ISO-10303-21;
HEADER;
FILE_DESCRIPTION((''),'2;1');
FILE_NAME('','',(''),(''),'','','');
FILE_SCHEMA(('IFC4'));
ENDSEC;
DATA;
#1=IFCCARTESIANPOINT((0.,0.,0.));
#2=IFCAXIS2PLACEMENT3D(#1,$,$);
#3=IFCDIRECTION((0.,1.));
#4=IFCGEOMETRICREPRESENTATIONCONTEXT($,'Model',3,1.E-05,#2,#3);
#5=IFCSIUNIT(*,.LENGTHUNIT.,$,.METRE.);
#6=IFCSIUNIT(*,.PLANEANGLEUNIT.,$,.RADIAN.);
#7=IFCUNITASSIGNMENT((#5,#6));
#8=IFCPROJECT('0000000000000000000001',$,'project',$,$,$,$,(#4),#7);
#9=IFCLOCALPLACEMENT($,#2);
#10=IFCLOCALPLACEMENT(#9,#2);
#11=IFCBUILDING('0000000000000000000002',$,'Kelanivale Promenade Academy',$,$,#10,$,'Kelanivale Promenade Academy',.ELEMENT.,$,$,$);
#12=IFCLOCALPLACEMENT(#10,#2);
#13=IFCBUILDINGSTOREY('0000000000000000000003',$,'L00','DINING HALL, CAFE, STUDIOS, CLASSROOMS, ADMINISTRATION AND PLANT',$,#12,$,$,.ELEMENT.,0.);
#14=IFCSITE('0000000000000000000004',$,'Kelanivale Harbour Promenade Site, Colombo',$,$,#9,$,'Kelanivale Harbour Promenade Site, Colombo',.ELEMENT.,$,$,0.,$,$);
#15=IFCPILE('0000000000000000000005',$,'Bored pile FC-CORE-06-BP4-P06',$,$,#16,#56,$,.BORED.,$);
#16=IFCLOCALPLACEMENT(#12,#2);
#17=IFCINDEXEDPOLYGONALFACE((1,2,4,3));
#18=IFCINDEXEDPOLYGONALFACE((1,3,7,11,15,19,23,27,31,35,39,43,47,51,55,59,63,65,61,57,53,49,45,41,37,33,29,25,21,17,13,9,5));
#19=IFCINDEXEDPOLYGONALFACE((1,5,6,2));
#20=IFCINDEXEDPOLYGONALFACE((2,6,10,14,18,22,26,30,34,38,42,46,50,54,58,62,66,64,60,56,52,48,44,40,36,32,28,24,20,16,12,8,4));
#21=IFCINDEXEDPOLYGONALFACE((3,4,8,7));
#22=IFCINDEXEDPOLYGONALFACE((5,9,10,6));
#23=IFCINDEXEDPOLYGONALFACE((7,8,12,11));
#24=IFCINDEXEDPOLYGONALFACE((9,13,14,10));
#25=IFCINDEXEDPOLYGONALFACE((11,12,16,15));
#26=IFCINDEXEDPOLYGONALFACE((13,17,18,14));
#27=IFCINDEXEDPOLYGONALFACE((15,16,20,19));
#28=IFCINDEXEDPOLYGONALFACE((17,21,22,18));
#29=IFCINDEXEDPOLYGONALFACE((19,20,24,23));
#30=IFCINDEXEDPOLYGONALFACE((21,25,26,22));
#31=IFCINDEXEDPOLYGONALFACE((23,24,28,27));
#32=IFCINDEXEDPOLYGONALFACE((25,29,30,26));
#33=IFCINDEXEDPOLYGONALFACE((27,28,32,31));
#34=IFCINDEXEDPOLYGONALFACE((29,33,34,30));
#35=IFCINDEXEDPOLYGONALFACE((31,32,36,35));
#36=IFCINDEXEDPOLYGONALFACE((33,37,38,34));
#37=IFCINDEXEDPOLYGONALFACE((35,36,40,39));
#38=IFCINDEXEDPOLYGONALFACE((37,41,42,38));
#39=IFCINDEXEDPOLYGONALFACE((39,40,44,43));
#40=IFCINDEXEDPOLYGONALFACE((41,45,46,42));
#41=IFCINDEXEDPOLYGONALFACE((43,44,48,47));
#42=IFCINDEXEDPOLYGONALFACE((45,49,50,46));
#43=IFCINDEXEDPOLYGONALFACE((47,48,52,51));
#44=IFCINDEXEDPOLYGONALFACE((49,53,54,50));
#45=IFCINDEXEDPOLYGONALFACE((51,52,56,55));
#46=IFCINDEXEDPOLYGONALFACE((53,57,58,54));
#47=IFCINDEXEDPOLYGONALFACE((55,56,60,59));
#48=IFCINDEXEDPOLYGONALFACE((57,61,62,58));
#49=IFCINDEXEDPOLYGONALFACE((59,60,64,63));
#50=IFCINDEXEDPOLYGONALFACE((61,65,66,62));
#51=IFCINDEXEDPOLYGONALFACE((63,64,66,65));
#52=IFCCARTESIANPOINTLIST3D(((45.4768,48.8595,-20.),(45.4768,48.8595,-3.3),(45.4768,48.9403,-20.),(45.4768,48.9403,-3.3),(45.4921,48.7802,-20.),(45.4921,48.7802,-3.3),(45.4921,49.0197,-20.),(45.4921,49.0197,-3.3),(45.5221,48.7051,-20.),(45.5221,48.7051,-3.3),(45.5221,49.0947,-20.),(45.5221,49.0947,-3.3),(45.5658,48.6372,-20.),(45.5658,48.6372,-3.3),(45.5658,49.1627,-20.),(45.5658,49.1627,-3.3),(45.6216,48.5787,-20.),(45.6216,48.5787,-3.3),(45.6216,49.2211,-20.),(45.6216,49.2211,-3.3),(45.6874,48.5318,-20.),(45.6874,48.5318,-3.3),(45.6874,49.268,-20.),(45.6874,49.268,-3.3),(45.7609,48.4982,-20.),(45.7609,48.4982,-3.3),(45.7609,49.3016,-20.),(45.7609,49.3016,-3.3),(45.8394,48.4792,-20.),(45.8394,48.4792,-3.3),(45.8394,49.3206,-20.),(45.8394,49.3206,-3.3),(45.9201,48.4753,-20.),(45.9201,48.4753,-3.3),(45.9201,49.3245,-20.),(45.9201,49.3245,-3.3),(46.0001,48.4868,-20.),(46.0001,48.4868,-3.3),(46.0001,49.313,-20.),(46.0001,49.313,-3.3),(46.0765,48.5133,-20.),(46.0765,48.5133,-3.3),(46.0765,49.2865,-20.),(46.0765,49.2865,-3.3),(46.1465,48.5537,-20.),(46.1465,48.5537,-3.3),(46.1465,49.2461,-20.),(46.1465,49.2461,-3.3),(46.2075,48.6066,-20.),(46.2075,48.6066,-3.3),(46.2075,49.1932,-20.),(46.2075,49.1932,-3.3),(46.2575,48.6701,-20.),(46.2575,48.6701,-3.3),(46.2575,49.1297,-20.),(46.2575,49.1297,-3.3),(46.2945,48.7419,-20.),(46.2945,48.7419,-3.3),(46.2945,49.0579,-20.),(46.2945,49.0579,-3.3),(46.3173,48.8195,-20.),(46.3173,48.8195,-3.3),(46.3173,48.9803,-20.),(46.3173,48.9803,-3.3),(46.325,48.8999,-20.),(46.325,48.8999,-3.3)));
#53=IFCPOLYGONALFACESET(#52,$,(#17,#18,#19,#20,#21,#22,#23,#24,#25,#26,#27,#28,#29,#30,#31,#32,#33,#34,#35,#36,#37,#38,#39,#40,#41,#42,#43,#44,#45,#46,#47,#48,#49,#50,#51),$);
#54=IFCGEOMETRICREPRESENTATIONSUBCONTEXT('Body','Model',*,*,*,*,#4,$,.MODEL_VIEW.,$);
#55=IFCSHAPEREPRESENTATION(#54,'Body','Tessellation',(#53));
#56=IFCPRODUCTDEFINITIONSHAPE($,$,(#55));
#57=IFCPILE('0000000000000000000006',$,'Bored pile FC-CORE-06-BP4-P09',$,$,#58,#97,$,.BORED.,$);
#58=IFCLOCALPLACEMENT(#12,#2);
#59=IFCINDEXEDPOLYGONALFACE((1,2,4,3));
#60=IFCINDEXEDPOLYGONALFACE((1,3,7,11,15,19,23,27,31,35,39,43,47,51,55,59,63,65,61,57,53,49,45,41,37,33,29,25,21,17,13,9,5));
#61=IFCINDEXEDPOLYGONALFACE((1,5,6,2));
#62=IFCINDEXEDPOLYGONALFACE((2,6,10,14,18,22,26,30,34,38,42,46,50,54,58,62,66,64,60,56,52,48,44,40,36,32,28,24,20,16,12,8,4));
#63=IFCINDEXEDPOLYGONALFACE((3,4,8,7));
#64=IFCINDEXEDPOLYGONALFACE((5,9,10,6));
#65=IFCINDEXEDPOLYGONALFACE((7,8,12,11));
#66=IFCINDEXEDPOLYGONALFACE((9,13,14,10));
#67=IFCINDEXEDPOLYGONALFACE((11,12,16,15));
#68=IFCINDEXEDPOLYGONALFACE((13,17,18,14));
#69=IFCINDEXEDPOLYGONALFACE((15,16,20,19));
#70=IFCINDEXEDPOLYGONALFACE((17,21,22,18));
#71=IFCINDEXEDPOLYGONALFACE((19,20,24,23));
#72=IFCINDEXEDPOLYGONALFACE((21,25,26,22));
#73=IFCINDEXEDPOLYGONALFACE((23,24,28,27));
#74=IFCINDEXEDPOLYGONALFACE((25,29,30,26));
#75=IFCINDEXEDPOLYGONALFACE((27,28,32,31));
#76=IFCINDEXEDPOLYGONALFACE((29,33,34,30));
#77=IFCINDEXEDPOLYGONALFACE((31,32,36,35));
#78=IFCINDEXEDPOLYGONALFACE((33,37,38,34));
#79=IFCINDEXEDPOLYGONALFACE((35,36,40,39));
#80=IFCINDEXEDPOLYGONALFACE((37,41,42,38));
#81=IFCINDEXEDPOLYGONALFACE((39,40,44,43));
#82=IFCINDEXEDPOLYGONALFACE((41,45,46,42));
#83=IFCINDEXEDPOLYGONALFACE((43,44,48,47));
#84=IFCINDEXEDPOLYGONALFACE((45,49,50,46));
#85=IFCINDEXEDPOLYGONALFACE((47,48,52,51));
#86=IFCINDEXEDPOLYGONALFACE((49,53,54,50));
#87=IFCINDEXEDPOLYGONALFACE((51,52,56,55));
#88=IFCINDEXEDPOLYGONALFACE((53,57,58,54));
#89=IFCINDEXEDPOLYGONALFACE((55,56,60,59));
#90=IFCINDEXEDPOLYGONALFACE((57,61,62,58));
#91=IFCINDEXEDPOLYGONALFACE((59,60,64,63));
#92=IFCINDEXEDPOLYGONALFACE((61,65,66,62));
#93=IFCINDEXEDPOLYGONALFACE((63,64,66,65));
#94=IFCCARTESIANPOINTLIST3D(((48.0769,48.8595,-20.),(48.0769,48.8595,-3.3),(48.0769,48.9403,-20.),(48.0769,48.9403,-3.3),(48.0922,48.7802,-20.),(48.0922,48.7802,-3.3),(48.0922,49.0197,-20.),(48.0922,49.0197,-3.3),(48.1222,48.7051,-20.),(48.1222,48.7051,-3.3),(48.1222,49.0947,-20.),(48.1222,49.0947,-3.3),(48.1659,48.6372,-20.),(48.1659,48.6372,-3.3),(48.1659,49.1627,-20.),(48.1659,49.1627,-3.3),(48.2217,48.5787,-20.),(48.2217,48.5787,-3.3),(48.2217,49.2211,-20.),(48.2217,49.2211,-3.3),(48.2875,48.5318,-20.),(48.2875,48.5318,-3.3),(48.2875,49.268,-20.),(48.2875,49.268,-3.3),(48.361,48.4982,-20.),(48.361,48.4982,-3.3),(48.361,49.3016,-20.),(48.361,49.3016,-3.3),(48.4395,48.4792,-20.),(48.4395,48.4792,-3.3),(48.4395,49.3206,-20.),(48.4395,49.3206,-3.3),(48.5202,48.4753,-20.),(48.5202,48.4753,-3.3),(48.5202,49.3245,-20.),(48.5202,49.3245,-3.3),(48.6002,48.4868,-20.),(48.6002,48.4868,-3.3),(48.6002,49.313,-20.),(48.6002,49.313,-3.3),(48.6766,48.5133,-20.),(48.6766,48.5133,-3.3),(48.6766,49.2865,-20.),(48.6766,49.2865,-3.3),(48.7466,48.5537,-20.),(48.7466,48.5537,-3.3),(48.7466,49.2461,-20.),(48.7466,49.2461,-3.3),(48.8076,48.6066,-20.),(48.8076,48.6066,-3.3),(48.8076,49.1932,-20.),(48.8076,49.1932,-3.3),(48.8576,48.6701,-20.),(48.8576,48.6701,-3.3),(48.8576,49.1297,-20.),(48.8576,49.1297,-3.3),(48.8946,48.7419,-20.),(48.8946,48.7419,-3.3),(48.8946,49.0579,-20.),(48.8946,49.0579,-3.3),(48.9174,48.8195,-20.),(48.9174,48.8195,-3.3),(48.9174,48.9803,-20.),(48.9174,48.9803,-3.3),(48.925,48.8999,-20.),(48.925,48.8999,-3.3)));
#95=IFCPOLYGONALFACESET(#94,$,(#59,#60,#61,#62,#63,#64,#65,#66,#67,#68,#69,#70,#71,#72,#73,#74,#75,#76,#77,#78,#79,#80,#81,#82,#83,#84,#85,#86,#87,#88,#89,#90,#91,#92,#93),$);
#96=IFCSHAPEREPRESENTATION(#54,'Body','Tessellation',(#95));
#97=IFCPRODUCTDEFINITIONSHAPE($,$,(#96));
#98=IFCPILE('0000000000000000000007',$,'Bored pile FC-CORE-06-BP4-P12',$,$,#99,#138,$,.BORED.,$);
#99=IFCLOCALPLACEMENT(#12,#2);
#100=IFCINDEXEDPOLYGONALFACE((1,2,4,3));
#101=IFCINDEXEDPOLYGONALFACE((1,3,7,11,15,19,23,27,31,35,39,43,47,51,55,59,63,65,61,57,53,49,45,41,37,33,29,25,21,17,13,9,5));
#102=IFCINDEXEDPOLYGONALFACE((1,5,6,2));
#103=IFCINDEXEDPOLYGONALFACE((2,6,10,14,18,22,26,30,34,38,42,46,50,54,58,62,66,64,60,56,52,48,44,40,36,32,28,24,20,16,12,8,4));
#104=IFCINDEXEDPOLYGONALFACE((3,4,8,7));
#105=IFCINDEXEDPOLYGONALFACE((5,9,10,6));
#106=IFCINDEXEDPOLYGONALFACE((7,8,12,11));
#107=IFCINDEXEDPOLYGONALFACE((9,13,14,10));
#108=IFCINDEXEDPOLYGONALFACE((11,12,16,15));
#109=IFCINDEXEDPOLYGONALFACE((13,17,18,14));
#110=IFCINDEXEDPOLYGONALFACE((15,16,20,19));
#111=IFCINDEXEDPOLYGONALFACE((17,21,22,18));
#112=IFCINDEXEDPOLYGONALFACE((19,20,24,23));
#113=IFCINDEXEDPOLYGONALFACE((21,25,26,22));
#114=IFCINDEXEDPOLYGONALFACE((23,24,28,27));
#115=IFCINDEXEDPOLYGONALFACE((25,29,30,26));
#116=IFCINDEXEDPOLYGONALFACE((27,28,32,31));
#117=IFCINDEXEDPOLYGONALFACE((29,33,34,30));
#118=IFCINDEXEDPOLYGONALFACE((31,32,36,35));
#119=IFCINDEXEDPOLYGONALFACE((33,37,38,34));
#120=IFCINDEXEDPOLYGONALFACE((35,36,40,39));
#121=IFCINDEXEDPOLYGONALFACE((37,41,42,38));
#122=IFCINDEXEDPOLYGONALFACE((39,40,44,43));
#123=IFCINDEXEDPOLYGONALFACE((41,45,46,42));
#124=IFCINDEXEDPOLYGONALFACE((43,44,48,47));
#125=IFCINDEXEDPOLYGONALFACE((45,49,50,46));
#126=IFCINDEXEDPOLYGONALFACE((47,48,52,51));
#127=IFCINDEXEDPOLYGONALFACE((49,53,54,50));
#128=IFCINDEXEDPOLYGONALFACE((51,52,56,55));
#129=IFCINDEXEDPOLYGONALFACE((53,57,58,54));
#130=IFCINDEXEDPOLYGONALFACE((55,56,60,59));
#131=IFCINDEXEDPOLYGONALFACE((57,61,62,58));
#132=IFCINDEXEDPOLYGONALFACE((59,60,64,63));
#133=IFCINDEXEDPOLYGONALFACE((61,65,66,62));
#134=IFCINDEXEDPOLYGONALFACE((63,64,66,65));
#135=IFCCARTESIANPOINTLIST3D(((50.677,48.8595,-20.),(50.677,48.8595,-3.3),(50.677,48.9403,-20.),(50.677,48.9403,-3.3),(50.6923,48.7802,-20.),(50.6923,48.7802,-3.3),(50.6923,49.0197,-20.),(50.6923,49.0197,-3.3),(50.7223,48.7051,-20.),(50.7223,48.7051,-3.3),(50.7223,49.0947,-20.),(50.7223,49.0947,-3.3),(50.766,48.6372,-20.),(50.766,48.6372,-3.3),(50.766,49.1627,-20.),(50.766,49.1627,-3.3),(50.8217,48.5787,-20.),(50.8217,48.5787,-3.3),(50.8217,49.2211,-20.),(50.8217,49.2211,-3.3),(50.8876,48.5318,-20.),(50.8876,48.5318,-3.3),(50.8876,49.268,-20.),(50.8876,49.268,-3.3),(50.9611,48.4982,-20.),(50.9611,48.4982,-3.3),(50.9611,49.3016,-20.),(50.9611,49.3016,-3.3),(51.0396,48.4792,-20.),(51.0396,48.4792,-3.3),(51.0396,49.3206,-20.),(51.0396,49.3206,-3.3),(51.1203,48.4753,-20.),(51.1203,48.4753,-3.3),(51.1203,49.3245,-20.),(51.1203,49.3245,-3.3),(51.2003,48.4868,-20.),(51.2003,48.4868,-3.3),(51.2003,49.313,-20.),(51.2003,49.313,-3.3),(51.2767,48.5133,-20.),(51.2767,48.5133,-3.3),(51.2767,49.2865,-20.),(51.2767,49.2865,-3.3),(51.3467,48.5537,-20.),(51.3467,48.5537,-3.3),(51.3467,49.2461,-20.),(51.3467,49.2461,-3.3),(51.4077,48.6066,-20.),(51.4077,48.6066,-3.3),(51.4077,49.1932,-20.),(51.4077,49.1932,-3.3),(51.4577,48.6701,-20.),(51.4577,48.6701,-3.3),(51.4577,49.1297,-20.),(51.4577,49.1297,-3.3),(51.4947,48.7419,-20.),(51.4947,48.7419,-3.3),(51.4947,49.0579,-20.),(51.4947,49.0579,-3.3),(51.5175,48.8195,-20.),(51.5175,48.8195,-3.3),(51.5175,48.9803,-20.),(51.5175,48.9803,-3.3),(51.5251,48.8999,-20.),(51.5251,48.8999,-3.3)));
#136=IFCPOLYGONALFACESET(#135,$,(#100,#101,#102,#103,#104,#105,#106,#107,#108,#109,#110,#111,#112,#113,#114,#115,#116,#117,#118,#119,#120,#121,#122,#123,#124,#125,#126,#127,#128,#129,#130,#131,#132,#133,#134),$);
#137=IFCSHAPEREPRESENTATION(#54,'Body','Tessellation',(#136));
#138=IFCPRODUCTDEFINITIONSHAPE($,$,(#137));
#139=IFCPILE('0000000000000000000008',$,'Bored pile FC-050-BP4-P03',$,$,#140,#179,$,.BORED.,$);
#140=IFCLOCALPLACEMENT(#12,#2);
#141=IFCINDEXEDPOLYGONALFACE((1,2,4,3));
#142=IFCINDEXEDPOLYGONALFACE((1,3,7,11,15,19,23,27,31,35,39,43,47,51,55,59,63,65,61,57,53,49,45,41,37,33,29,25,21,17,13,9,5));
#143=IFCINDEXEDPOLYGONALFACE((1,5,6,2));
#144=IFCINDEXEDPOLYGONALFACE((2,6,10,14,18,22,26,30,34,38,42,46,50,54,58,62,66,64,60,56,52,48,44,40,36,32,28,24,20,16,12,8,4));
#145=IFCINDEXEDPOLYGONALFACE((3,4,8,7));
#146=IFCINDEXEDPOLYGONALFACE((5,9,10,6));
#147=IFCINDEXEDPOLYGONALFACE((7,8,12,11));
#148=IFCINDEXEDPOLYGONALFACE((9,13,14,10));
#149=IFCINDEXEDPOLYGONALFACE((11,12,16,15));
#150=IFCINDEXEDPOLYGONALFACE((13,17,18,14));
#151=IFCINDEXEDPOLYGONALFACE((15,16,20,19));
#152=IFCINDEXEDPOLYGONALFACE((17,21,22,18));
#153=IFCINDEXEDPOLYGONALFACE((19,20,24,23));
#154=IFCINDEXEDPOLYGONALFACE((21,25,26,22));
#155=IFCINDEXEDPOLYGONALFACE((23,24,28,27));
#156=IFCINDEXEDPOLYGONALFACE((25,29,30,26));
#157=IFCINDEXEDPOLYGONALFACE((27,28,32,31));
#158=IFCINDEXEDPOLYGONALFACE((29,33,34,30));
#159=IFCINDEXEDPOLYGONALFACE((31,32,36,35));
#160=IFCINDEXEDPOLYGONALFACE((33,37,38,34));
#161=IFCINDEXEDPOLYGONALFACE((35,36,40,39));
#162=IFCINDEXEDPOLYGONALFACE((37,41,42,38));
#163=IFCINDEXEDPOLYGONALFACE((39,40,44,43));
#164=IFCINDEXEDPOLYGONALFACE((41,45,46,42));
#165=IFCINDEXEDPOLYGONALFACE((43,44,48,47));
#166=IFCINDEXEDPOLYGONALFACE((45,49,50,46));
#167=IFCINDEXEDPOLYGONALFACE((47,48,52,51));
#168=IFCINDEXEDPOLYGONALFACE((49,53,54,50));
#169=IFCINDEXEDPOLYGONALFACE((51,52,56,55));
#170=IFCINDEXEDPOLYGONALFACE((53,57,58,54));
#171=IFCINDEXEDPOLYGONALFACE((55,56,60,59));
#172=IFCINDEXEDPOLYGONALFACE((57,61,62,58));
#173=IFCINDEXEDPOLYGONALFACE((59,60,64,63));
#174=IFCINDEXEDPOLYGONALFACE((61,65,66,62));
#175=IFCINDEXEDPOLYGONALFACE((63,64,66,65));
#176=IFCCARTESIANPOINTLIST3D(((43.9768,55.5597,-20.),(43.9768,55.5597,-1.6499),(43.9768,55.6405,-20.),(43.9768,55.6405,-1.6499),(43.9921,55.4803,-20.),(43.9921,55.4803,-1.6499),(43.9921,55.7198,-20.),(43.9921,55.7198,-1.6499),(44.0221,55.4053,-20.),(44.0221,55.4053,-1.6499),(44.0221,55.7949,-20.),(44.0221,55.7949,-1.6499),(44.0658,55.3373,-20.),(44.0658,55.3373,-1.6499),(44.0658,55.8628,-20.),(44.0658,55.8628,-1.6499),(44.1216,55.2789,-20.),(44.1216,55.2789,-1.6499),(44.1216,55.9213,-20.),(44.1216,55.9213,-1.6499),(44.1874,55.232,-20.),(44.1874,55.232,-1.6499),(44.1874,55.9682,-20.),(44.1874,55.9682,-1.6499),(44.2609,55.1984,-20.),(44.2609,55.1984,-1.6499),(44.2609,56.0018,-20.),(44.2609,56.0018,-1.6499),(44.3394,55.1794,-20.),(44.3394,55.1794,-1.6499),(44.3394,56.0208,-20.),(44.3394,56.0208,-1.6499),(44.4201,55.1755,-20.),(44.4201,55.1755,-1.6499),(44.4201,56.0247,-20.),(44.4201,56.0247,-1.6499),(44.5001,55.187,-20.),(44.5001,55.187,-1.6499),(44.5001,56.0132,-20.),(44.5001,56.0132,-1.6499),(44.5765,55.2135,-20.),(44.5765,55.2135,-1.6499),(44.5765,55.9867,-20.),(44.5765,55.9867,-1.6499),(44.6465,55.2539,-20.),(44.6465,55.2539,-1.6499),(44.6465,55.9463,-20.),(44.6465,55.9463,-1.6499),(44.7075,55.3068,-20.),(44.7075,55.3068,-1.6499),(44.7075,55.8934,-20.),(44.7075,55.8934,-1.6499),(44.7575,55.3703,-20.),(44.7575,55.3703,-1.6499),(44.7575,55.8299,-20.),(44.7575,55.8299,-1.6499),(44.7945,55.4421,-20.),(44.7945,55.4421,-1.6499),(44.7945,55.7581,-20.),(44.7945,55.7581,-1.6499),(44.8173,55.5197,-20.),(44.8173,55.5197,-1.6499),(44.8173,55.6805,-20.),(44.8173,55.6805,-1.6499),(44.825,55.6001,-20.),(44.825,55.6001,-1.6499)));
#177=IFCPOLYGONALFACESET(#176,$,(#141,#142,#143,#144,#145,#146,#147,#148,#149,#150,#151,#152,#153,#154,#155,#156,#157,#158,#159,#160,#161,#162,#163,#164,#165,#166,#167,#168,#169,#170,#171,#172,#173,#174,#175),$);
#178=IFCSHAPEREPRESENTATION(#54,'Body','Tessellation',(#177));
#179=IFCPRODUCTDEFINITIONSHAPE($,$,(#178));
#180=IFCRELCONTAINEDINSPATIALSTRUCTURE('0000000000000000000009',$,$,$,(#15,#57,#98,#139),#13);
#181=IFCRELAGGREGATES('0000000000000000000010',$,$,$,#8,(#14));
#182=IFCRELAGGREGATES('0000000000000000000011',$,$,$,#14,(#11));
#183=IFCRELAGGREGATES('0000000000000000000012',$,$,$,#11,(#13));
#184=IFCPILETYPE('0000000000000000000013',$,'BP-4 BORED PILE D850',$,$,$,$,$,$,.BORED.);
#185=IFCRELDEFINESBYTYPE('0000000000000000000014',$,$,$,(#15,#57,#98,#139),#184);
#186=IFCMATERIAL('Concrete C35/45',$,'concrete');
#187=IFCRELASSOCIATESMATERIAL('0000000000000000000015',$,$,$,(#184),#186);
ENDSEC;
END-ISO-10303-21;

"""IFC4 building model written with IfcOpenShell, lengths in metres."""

from ifc_helpers import new_model, si_unit, direction, frame, origin, origin_2d, place, context, subcontext, project, spatial, circle, extrude, material, material_profile, profile_set, type_object, element, save


model = new_model("IFC4")

# Units and contexts
model_context = context("Model", 3, precision=1e-05, world=origin(), true_north=direction((0.0, 1.0)))
body_context = subcontext(model_context, "Body", "Model", "MODEL_VIEW")
ifc_project = project(units=[si_unit("LENGTHUNIT", "METRE"), si_unit("PLANEANGLEUNIT", "RADIAN")], contexts=[model_context])

# Site, building, storey
site_placement = place(None, origin())
site = spatial("IfcSite", under=ifc_project, at=site_placement, Name="Kelanivale Harbour Promenade Site, Colombo", LongName="Kelanivale Harbour Promenade Site, Colombo", CompositionType="ELEMENT", RefElevation=0.0)
building_placement = place(site_placement, origin())
building = spatial("IfcBuilding", under=site, at=building_placement, Name="Kelanivale Promenade Academy", LongName="Kelanivale Promenade Academy", CompositionType="ELEMENT")
storey_placement = place(building_placement, origin())
storey = spatial("IfcBuildingStorey", under=building, at=storey_placement, Name="L00", Description="DINING HALL, CAFE, STUDIOS, CLASSROOMS, ADMINISTRATION AND PLANT", CompositionType="ELEMENT", Elevation=0.0)

# Piles
ifc_material_1 = material(Name="Concrete C35/45", Category="concrete")
ifc_material_profile_1 = material_profile(ifc_material_1, circle(Radius=0.425, at=origin_2d()), Name="BORED PILE D850")
ifc_profile_set_1 = profile_set([ifc_material_profile_1], Name="Concrete C35/45")
pile_type = type_object("IfcPileType", Name="BP-4 BORED PILE D850", PredefinedType="BORED", material=ifc_profile_set_1)
for number, where, z_axis, x_axis, name in (
    (1, (45.8999, 48.8999, -3.3), (0.0, 0.0, -1.0), (1.0, 0.0, 0.0), "Bored pile FC-CORE-06-BP4-P06"),
    (2, (48.5, 48.8999, -3.3), (0.0, 0.0, -1.0), (1.0, 0.0, 0.0), "Bored pile FC-CORE-06-BP4-P09"),
    (3, (51.1001, 48.8999, -3.3), (0.0, 0.0, -1.0), (1.0, 0.0, 0.0), "Bored pile FC-CORE-06-BP4-P12"),
):
    element("IfcPile", number, at=place(storey_placement, frame(where, z_axis=z_axis, x_axis=x_axis)), inside=storey, type_object=pile_type, Name=name, PredefinedType="BORED", context=body_context, shape_type="SweptSolid", body=[
        extrude(circle(Radius=0.425, at=origin_2d()), origin(), (0.0, 0.0, 1.0), 16.7),
    ])
for number, where, z_axis, x_axis, name in (
    (4, (44.3999, 55.6001, -1.6499), (0.0, 0.0, -1.0), (1.0, 0.0, 0.0), "Bored pile FC-050-BP4-P03"),
):
    element("IfcPile", number, at=place(storey_placement, frame(where, z_axis=z_axis, x_axis=x_axis)), inside=storey, type_object=pile_type, Name=name, PredefinedType="BORED", context=body_context, shape_type="SweptSolid", body=[
        extrude(circle(Radius=0.425, at=origin_2d()), origin(), (0.0, 0.0, 1.0), 18.3501),
    ])

save(model, "model.ifc")
